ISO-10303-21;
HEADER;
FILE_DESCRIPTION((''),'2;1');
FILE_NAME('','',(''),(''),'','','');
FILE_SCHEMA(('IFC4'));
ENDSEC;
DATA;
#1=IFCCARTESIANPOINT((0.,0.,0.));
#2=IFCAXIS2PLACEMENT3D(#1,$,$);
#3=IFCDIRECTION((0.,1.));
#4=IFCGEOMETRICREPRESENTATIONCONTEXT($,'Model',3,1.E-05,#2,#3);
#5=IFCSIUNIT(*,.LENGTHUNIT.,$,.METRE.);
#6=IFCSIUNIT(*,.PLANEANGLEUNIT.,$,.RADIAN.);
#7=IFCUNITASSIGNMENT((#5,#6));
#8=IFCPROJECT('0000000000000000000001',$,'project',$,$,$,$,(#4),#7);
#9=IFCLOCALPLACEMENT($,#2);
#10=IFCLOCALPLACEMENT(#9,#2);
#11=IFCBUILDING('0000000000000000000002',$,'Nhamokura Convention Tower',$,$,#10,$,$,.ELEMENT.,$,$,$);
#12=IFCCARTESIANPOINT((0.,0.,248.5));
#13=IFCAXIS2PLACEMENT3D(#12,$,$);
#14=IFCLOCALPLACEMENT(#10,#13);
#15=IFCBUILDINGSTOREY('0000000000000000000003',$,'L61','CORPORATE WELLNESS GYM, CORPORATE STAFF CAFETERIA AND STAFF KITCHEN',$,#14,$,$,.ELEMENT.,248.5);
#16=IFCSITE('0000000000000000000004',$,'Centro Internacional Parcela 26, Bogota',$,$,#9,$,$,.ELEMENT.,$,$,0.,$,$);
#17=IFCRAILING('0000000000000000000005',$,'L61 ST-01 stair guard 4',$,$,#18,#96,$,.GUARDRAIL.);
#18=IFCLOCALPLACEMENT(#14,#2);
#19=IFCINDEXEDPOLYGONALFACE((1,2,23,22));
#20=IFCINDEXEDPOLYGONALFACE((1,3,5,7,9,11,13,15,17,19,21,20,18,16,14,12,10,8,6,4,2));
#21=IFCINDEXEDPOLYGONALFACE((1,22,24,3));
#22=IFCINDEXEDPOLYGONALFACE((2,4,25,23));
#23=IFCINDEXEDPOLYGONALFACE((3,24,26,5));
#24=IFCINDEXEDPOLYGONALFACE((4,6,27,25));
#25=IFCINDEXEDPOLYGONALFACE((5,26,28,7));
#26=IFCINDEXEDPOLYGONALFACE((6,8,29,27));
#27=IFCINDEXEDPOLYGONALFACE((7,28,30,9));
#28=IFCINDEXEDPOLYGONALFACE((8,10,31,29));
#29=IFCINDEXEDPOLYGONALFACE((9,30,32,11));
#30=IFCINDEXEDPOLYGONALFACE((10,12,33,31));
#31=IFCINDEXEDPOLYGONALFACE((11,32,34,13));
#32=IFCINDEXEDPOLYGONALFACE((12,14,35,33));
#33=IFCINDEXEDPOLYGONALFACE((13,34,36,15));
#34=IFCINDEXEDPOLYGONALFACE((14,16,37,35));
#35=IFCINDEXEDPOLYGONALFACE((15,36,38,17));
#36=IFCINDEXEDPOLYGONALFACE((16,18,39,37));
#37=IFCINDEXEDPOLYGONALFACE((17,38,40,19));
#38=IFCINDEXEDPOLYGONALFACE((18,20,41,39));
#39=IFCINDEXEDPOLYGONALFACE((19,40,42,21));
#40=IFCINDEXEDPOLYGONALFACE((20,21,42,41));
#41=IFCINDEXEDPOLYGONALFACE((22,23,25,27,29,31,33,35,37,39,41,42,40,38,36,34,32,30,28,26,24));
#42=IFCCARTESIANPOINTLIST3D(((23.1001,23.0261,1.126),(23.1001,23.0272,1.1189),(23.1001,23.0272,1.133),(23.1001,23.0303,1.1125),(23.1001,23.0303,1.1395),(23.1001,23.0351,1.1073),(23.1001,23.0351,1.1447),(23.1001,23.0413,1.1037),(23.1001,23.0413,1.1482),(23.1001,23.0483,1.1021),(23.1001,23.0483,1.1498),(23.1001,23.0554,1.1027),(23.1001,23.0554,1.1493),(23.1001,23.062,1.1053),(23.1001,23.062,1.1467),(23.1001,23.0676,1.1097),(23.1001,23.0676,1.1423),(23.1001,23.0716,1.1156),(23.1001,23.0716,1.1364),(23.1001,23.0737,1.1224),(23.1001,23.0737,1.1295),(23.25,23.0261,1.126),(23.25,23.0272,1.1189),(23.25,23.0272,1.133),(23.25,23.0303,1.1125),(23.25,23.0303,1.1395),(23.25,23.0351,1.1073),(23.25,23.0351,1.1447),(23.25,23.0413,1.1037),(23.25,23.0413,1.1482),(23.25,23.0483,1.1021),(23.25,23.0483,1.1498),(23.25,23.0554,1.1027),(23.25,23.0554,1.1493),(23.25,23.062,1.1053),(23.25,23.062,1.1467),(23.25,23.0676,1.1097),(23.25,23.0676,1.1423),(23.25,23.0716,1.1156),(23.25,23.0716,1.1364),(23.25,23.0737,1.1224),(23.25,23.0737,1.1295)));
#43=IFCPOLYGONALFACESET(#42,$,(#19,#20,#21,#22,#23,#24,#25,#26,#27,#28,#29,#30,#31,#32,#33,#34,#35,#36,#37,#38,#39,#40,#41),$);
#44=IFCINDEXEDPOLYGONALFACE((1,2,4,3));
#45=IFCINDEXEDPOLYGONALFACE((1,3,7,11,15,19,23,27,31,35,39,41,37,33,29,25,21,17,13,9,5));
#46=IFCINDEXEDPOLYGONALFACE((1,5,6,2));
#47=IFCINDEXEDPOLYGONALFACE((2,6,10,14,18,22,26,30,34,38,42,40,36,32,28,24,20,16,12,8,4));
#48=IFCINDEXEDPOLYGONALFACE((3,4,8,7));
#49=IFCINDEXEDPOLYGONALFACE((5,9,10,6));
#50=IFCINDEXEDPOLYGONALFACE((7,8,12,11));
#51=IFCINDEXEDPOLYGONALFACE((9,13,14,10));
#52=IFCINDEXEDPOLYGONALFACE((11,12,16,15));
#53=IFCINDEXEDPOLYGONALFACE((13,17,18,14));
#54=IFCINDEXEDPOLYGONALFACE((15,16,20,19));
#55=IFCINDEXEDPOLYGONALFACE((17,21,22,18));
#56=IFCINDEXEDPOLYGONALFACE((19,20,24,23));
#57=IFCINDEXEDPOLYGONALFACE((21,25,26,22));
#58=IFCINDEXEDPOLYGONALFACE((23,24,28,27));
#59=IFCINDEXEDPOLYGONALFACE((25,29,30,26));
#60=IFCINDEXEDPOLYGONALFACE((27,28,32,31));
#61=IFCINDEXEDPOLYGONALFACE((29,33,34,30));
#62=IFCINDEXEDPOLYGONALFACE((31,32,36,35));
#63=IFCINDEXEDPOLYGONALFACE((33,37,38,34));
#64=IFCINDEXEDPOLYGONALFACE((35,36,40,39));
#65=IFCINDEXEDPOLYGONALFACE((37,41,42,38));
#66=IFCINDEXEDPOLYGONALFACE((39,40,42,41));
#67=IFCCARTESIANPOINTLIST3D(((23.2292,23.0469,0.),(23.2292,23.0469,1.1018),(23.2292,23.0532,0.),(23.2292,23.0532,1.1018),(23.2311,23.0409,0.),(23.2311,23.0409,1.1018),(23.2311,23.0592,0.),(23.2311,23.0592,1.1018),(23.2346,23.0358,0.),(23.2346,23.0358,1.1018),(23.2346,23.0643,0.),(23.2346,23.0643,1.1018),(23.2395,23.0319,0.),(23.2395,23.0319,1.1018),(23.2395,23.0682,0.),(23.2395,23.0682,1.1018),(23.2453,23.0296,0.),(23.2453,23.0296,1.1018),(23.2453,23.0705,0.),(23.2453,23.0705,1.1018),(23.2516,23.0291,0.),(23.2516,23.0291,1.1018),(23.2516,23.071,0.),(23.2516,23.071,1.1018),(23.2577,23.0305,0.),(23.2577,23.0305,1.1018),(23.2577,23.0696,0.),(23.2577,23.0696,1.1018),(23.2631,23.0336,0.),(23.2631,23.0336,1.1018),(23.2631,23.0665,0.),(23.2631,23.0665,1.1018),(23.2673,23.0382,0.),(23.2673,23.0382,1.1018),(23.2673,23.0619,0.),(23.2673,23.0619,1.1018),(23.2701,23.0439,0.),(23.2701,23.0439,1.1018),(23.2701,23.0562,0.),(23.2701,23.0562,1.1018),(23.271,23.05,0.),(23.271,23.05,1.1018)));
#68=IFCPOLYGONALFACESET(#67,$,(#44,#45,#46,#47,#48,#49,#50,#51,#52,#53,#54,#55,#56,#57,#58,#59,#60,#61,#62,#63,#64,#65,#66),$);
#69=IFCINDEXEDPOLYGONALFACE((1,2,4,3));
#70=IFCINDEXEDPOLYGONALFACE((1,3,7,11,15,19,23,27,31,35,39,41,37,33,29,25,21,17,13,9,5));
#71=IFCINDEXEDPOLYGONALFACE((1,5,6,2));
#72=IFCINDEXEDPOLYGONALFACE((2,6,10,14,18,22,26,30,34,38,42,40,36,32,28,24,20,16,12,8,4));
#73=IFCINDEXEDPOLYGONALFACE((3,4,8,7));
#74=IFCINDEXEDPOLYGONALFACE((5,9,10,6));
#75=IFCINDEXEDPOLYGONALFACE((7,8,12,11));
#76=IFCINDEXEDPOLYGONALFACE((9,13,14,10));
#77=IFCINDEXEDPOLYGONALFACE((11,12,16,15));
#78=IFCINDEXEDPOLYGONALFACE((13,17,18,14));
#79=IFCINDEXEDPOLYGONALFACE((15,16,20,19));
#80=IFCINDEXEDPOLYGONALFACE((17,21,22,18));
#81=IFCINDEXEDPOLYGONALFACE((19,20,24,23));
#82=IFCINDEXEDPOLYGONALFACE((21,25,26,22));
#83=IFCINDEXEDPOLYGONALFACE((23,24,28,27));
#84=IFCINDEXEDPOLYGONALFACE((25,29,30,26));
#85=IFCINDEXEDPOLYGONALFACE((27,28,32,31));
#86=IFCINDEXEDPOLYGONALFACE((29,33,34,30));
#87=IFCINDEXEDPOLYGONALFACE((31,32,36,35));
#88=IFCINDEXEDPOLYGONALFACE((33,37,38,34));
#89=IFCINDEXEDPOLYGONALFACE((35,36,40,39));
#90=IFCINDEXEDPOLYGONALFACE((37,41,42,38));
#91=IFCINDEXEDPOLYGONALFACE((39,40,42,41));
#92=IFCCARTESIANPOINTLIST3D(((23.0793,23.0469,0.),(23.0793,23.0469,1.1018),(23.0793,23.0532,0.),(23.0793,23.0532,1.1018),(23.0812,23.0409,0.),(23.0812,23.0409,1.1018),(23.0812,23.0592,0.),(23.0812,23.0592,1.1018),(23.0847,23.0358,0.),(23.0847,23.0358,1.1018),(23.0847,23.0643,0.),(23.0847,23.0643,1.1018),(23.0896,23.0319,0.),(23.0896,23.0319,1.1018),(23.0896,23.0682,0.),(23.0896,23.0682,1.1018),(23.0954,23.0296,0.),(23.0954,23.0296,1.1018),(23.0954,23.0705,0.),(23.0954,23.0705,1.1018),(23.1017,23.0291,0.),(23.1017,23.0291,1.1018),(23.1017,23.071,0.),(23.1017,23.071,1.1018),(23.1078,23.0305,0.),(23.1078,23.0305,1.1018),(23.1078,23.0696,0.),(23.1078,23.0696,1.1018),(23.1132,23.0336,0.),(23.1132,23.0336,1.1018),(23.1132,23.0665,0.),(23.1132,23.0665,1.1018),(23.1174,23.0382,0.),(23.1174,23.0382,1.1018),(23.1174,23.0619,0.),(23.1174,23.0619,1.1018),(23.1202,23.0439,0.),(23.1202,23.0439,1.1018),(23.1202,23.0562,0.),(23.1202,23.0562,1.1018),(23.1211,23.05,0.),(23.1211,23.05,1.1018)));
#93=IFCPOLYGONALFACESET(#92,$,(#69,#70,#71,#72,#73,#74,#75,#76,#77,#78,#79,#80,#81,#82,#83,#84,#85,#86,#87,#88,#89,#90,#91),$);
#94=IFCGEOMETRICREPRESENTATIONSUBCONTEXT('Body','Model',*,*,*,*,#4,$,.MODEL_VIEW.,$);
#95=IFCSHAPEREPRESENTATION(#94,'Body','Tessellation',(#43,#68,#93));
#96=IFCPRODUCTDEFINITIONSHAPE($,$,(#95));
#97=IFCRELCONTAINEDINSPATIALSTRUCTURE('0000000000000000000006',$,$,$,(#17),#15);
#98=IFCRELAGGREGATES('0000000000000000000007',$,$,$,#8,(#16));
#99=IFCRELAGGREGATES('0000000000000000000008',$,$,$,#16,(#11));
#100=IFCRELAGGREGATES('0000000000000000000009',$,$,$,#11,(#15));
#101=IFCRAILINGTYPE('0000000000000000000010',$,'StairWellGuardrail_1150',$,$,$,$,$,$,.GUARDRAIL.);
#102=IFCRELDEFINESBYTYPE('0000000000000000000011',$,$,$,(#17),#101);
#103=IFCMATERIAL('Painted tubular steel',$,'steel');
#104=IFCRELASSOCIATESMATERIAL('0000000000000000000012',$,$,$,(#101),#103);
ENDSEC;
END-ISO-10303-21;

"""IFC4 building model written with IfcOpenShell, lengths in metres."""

from ifc_helpers import new_model, si_unit, direction, frame, origin, origin_2d, place, context, subcontext, project, spatial, circle, extrude, material, type_object, element, save


model = new_model("IFC4")

# Units and contexts
model_context = context("Model", 3, precision=1e-05, world=origin(), true_north=direction((0.0, 1.0)))
body_context = subcontext(model_context, "Body", "Model", "MODEL_VIEW")
ifc_project = project(units=[si_unit("LENGTHUNIT", "METRE"), si_unit("PLANEANGLEUNIT", "RADIAN")], contexts=[model_context])

# Site, building, storey
site_placement = place(None, origin())
site = spatial("IfcSite", under=ifc_project, at=site_placement, Name="Centro Internacional Parcela 26, Bogota", CompositionType="ELEMENT", RefElevation=0.0)
building_placement = place(site_placement, origin())
building = spatial("IfcBuilding", under=site, at=building_placement, Name="Nhamokura Convention Tower", CompositionType="ELEMENT")
storey_placement = place(building_placement, frame((0.0, 0.0, 248.5)))
storey = spatial("IfcBuildingStorey", under=building, at=storey_placement, Name="L61", Description="CORPORATE WELLNESS GYM, CORPORATE STAFF CAFETERIA AND STAFF KITCHEN", CompositionType="ELEMENT", Elevation=248.5)

# Railing
ifc_material_1 = material(Name="Painted tubular steel", Category="steel")
railing_type_1 = type_object("IfcRailingType", Name="StairWellGuardrail_1150", PredefinedType="GUARDRAIL", material=ifc_material_1)
railing_1_placement = place(storey_placement, frame((23.25, 23.05, 0.0)))
element("IfcRailing", 1, at=railing_1_placement, inside=storey, type_object=railing_type_1, Name="L61 ST-01 stair guard 4", PredefinedType="GUARDRAIL", context=body_context, shape_type="SweptSolid", body=[
    extrude(circle(Radius=0.0239, at=origin_2d()), frame((0.0, 0.0, 1.126), z_axis=(-1.0, 0.0, 0.0), x_axis=(0.0, -1.0, 0.0)), (0.0, 0.0, 1.0), 0.1499),
    extrude(circle(Radius=0.021, at=origin_2d()), origin(), (0.0, 0.0, 1.0), 1.1018),
    extrude(circle(Radius=0.021, at=origin_2d()), frame((-0.1499, 0.0, 0.0)), (0.0, 0.0, 1.0), 1.1018),
])

save(model, "model.ifc")
